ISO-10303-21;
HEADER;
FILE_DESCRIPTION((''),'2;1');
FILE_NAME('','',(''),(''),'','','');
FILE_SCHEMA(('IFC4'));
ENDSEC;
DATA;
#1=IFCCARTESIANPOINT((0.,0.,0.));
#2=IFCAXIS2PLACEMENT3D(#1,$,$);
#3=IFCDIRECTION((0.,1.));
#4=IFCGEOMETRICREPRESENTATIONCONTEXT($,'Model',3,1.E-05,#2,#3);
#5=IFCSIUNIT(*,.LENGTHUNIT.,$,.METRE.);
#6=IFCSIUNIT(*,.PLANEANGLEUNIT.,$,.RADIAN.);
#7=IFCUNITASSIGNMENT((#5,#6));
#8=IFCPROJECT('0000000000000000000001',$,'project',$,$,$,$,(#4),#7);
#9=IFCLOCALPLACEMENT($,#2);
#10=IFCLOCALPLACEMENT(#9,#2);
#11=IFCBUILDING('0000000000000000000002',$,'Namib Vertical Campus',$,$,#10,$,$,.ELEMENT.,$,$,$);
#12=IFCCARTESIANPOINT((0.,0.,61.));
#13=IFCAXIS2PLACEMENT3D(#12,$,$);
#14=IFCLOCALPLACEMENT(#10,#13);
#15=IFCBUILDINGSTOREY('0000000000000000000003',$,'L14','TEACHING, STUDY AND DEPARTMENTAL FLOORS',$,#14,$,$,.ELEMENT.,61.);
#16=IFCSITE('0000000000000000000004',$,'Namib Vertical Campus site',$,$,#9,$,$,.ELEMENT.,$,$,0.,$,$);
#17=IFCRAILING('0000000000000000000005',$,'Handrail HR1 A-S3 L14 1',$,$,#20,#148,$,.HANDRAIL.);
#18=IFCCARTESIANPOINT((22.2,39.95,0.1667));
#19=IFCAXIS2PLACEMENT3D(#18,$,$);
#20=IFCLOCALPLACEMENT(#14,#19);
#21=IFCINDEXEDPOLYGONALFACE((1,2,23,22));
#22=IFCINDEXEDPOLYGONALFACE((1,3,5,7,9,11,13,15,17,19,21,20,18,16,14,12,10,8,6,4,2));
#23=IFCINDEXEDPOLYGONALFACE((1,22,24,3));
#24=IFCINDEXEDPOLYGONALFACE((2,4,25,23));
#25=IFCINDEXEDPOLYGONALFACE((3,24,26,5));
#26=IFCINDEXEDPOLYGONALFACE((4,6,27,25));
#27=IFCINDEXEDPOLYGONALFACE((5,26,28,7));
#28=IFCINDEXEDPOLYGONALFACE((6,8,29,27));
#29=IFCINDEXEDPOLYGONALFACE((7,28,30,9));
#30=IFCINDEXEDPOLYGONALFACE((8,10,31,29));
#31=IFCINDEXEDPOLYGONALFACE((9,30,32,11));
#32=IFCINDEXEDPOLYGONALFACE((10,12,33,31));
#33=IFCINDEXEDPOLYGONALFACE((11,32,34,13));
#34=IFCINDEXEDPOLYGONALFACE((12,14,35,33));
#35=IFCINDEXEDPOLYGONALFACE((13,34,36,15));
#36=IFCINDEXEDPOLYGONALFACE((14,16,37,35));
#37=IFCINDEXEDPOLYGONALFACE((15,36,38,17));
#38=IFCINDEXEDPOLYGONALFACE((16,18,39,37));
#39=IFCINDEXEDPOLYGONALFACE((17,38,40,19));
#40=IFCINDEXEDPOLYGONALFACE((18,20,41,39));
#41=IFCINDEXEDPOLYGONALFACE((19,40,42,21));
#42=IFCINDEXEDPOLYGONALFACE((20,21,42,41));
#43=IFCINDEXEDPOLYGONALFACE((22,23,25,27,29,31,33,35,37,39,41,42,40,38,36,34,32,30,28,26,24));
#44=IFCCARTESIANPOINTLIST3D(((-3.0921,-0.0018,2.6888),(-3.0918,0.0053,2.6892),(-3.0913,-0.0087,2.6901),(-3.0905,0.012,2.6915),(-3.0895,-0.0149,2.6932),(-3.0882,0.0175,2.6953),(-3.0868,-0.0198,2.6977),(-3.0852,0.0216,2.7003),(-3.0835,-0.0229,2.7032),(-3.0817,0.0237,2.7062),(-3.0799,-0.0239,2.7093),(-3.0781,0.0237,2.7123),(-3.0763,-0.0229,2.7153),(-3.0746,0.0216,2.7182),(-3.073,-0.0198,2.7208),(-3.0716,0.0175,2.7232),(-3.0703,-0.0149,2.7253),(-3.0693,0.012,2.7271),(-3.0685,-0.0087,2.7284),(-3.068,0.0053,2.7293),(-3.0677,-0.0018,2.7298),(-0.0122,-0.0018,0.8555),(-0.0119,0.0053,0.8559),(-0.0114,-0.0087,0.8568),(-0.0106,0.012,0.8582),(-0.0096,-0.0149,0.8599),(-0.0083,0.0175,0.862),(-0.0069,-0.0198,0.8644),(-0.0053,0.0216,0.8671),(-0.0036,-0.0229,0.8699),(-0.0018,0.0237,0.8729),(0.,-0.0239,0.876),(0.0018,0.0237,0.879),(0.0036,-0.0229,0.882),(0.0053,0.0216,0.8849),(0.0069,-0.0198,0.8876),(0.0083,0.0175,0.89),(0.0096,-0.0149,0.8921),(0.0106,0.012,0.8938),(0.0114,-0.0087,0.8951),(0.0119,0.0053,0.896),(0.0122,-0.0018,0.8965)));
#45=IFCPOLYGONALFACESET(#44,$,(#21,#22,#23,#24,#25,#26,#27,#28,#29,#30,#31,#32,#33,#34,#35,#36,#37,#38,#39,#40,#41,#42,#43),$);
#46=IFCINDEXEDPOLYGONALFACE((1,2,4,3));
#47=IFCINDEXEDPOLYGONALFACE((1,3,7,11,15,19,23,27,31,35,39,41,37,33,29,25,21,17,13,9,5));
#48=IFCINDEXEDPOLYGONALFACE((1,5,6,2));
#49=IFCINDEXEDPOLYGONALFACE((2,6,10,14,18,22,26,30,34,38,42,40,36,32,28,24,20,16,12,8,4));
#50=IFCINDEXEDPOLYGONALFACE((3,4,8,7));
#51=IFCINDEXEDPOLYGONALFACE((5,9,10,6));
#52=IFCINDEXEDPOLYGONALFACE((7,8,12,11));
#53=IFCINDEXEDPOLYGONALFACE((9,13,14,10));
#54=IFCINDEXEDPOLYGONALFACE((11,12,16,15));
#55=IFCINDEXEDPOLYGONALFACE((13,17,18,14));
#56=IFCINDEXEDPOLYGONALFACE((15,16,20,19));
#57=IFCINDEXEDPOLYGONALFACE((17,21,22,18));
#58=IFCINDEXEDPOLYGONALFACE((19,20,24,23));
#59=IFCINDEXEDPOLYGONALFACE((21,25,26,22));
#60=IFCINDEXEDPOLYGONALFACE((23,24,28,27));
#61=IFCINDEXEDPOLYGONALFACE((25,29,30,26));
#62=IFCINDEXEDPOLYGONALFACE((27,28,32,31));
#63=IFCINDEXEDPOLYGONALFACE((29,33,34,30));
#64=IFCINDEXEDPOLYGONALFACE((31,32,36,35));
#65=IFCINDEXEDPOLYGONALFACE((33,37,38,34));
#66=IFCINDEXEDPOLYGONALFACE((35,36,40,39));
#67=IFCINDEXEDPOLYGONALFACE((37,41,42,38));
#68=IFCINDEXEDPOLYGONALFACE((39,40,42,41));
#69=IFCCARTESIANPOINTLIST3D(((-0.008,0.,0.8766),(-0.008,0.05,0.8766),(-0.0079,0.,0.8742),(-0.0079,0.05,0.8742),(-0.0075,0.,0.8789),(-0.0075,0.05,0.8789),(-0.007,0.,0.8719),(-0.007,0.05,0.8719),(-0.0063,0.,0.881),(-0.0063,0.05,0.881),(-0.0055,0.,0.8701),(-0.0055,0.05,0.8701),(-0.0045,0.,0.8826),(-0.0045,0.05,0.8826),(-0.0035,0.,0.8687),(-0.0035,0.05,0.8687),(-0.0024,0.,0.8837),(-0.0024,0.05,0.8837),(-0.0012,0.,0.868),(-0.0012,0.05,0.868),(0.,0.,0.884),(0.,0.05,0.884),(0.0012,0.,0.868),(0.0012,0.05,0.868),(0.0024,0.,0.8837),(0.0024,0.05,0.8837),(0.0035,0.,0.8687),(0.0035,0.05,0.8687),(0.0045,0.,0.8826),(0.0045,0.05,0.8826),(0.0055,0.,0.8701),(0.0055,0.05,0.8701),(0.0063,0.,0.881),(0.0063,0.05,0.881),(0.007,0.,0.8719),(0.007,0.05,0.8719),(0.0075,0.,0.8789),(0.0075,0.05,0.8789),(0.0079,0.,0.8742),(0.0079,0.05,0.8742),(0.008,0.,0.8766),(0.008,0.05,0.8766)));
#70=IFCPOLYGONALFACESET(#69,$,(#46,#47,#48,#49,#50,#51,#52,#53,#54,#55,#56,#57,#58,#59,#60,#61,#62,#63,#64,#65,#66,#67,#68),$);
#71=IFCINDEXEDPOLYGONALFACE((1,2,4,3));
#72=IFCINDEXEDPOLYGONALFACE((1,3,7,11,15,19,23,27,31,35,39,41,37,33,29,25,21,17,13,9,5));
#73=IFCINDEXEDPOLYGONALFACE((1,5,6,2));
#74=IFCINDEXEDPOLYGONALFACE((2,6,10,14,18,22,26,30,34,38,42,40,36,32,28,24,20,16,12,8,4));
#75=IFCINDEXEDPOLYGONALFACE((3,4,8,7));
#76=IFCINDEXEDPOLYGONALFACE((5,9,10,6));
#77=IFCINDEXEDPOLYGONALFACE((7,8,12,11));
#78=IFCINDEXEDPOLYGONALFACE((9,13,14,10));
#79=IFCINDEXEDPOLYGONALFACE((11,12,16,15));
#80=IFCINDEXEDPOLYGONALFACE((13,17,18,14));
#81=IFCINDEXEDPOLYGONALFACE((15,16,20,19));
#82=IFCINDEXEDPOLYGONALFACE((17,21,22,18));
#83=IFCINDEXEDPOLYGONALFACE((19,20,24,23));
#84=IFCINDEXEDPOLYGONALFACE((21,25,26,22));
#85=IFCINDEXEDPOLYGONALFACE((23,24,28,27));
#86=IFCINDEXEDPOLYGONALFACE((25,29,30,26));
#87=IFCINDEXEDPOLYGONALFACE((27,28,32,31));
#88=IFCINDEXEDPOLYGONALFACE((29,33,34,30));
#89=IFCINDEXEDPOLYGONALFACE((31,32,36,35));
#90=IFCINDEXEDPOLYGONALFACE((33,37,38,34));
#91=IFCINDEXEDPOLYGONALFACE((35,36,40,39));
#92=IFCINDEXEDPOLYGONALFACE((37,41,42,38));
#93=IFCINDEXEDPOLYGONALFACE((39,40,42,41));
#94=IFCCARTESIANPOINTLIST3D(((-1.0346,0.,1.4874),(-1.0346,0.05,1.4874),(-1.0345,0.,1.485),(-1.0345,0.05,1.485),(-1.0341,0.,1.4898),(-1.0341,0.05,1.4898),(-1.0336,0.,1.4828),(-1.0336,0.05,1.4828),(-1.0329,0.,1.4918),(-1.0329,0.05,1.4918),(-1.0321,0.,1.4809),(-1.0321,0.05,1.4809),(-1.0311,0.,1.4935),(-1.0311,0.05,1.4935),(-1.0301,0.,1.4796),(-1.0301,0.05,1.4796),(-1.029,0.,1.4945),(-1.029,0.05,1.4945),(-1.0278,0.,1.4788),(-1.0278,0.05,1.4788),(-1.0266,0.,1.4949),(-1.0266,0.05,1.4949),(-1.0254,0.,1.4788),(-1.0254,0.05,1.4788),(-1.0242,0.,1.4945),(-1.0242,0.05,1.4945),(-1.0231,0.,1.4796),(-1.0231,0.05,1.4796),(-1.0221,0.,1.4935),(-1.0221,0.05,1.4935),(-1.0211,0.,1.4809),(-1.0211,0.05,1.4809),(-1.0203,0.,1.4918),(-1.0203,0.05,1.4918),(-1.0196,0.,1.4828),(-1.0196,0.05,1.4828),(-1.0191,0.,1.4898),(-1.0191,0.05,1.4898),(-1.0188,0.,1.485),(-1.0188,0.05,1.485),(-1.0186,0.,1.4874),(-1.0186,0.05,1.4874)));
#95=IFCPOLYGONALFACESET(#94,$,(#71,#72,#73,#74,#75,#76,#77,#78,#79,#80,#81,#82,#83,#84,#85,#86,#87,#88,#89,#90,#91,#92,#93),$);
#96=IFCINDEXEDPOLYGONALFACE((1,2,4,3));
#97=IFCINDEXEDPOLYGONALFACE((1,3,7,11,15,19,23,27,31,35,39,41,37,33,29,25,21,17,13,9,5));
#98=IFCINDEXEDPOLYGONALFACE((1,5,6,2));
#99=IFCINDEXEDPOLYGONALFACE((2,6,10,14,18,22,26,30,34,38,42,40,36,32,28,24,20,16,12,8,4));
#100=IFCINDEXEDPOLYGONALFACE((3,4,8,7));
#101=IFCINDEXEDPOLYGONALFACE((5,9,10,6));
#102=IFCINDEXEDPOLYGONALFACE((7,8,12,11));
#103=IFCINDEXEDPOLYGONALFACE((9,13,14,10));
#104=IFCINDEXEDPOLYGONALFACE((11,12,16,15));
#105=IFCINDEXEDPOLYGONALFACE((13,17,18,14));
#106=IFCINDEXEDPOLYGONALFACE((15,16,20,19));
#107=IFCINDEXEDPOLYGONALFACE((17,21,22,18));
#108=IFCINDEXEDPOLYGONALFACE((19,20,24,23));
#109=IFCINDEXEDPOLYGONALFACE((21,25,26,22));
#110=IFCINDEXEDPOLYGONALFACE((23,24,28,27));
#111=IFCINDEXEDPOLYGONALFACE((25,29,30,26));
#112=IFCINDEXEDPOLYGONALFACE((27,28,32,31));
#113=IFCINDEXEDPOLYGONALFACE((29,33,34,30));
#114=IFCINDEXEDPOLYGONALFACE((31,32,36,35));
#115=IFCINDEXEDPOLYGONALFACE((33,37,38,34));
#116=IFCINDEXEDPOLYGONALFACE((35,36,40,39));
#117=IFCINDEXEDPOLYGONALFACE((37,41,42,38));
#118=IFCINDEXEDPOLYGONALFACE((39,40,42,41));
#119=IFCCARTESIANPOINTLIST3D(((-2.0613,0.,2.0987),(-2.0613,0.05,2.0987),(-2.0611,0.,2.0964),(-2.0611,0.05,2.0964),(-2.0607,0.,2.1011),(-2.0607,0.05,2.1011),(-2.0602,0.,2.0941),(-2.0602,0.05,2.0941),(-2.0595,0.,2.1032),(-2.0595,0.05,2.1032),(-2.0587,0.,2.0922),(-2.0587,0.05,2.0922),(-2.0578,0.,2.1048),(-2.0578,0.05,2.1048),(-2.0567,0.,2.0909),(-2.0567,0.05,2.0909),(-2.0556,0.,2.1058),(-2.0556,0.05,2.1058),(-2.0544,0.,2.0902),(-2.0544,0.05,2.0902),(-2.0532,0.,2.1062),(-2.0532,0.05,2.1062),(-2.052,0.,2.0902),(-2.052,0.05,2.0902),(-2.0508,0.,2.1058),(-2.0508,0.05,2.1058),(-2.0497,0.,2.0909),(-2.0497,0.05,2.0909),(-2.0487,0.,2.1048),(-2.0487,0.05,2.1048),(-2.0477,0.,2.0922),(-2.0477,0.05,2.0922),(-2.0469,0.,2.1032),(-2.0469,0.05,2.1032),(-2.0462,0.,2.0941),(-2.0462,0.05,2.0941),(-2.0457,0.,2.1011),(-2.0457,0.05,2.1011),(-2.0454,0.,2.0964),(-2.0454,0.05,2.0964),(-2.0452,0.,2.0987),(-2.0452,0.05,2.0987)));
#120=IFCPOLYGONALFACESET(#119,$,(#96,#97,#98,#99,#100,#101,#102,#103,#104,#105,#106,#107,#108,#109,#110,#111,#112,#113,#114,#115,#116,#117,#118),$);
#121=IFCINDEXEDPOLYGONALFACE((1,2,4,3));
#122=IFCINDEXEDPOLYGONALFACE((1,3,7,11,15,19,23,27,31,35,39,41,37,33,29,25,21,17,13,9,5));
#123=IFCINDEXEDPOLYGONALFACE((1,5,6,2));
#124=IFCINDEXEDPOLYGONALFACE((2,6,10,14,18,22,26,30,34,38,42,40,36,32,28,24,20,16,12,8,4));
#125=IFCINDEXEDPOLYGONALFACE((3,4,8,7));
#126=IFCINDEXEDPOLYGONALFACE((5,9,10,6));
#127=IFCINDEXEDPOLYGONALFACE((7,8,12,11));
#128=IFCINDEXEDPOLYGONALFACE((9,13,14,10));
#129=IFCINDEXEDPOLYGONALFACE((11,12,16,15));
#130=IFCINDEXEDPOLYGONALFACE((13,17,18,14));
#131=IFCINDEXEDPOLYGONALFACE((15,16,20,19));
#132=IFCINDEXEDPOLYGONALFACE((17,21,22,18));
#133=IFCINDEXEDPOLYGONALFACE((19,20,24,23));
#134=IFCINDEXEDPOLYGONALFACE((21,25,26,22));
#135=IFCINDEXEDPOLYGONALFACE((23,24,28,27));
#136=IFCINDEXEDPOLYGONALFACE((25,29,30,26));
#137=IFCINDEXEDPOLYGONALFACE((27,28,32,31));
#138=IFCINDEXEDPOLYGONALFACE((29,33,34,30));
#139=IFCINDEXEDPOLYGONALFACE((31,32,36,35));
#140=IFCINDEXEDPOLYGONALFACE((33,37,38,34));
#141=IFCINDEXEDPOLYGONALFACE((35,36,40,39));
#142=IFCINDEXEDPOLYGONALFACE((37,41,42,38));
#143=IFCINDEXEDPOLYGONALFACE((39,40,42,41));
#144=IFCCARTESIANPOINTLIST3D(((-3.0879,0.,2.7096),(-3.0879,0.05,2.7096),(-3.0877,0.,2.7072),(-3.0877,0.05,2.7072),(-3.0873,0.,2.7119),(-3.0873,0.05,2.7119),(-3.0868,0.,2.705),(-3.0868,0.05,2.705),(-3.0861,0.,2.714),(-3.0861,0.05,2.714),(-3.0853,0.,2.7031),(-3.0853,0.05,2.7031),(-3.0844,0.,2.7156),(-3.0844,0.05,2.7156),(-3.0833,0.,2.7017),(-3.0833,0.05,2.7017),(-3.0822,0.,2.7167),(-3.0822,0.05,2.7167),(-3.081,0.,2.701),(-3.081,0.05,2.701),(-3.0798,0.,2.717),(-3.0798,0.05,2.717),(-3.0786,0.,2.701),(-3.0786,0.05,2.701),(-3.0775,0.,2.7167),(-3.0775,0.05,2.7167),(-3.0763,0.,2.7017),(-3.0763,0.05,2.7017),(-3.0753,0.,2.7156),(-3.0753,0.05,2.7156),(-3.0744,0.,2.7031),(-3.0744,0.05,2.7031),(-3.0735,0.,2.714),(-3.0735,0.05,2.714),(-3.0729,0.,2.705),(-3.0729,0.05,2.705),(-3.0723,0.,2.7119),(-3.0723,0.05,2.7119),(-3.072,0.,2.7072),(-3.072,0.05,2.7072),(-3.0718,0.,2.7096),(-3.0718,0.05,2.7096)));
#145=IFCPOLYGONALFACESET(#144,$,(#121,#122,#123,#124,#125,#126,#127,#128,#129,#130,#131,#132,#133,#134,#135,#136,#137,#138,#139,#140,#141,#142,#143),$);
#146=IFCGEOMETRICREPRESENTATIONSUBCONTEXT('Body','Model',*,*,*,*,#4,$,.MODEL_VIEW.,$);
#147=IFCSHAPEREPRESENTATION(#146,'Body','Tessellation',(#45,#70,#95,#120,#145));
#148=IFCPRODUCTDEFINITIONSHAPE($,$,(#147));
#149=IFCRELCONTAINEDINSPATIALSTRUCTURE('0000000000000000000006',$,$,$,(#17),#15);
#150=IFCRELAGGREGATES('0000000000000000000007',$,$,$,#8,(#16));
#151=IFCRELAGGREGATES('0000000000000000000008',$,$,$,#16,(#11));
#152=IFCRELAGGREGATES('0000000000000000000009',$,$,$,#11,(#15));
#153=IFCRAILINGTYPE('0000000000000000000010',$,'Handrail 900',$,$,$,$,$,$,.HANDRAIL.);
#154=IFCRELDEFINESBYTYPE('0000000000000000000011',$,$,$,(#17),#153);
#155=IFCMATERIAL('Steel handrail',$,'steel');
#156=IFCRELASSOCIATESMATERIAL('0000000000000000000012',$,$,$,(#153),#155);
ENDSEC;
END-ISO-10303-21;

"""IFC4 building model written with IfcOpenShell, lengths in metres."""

from ifc_helpers import new_model, si_unit, direction, frame, origin, origin_2d, place, context, subcontext, project, spatial, circle, extrude, material, type_object, element, save


model = new_model("IFC4")

# Units and contexts
model_context = context("Model", 3, precision=1e-05, world=origin(), true_north=direction((0.0, 1.0)))
body_context = subcontext(model_context, "Body", "Model", "MODEL_VIEW")
ifc_project = project(units=[si_unit("LENGTHUNIT", "METRE"), si_unit("PLANEANGLEUNIT", "RADIAN")], contexts=[model_context])

# Site, building, storey
site_placement = place(None, origin())
site = spatial("IfcSite", under=ifc_project, at=site_placement, Name="Namib Vertical Campus site", CompositionType="ELEMENT", RefElevation=0.0)
building_placement = place(site_placement, origin())
building = spatial("IfcBuilding", under=site, at=building_placement, Name="Namib Vertical Campus", CompositionType="ELEMENT")
storey_placement = place(building_placement, frame((0.0, 0.0, 61.0)))
storey = spatial("IfcBuildingStorey", under=building, at=storey_placement, Name="L14", Description="TEACHING, STUDY AND DEPARTMENTAL FLOORS", CompositionType="ELEMENT", Elevation=61.0)

# Railing
ifc_material_1 = material(Name="Steel handrail", Category="steel")
railing_type_1 = type_object("IfcRailingType", Name="Handrail 900", PredefinedType="HANDRAIL", material=ifc_material_1)
railing_1_placement = place(storey_placement, frame((22.2, 39.95, 0.1667)))
element("IfcRailing", 1, at=railing_1_placement, inside=storey, type_object=railing_type_1, Name="Handrail HR1 A-S3 L14 1", PredefinedType="HANDRAIL", context=body_context, shape_type="SweptSolid", body=[
    extrude(circle(Radius=0.0239, at=origin_2d()), frame((0.0, 0.0, 0.876), z_axis=(-0.859291, 0.0, 0.511487), x_axis=(0.0, -1.0, 0.0)), (0.0, 0.0, 1.0), 3.5842),
    extrude(circle(Radius=0.0081, at=origin_2d()), frame((0.0, 0.0, 0.876), z_axis=(0.0, 1.0, 0.0), x_axis=(0.0, 0.0, 1.0)), (0.0, 0.0, 1.0), 0.05),
    extrude(circle(Radius=0.0081, at=origin_2d()), frame((-1.0266, 0.0, 1.4868), z_axis=(0.0, 1.0, 0.0), x_axis=(0.0, 0.0, 1.0)), (0.0, 0.0, 1.0), 0.05),
    extrude(circle(Radius=0.0081, at=origin_2d()), frame((-2.0532, 0.0, 2.0981), z_axis=(0.0, 1.0, 0.0), x_axis=(0.0, 0.0, 1.0)), (0.0, 0.0, 1.0), 0.05),
    extrude(circle(Radius=0.0081, at=origin_2d()), frame((-3.0798, 0.0, 2.709), z_axis=(0.0, 1.0, 0.0), x_axis=(0.0, 0.0, 1.0)), (0.0, 0.0, 1.0), 0.05),
])

save(model, "model.ifc")
